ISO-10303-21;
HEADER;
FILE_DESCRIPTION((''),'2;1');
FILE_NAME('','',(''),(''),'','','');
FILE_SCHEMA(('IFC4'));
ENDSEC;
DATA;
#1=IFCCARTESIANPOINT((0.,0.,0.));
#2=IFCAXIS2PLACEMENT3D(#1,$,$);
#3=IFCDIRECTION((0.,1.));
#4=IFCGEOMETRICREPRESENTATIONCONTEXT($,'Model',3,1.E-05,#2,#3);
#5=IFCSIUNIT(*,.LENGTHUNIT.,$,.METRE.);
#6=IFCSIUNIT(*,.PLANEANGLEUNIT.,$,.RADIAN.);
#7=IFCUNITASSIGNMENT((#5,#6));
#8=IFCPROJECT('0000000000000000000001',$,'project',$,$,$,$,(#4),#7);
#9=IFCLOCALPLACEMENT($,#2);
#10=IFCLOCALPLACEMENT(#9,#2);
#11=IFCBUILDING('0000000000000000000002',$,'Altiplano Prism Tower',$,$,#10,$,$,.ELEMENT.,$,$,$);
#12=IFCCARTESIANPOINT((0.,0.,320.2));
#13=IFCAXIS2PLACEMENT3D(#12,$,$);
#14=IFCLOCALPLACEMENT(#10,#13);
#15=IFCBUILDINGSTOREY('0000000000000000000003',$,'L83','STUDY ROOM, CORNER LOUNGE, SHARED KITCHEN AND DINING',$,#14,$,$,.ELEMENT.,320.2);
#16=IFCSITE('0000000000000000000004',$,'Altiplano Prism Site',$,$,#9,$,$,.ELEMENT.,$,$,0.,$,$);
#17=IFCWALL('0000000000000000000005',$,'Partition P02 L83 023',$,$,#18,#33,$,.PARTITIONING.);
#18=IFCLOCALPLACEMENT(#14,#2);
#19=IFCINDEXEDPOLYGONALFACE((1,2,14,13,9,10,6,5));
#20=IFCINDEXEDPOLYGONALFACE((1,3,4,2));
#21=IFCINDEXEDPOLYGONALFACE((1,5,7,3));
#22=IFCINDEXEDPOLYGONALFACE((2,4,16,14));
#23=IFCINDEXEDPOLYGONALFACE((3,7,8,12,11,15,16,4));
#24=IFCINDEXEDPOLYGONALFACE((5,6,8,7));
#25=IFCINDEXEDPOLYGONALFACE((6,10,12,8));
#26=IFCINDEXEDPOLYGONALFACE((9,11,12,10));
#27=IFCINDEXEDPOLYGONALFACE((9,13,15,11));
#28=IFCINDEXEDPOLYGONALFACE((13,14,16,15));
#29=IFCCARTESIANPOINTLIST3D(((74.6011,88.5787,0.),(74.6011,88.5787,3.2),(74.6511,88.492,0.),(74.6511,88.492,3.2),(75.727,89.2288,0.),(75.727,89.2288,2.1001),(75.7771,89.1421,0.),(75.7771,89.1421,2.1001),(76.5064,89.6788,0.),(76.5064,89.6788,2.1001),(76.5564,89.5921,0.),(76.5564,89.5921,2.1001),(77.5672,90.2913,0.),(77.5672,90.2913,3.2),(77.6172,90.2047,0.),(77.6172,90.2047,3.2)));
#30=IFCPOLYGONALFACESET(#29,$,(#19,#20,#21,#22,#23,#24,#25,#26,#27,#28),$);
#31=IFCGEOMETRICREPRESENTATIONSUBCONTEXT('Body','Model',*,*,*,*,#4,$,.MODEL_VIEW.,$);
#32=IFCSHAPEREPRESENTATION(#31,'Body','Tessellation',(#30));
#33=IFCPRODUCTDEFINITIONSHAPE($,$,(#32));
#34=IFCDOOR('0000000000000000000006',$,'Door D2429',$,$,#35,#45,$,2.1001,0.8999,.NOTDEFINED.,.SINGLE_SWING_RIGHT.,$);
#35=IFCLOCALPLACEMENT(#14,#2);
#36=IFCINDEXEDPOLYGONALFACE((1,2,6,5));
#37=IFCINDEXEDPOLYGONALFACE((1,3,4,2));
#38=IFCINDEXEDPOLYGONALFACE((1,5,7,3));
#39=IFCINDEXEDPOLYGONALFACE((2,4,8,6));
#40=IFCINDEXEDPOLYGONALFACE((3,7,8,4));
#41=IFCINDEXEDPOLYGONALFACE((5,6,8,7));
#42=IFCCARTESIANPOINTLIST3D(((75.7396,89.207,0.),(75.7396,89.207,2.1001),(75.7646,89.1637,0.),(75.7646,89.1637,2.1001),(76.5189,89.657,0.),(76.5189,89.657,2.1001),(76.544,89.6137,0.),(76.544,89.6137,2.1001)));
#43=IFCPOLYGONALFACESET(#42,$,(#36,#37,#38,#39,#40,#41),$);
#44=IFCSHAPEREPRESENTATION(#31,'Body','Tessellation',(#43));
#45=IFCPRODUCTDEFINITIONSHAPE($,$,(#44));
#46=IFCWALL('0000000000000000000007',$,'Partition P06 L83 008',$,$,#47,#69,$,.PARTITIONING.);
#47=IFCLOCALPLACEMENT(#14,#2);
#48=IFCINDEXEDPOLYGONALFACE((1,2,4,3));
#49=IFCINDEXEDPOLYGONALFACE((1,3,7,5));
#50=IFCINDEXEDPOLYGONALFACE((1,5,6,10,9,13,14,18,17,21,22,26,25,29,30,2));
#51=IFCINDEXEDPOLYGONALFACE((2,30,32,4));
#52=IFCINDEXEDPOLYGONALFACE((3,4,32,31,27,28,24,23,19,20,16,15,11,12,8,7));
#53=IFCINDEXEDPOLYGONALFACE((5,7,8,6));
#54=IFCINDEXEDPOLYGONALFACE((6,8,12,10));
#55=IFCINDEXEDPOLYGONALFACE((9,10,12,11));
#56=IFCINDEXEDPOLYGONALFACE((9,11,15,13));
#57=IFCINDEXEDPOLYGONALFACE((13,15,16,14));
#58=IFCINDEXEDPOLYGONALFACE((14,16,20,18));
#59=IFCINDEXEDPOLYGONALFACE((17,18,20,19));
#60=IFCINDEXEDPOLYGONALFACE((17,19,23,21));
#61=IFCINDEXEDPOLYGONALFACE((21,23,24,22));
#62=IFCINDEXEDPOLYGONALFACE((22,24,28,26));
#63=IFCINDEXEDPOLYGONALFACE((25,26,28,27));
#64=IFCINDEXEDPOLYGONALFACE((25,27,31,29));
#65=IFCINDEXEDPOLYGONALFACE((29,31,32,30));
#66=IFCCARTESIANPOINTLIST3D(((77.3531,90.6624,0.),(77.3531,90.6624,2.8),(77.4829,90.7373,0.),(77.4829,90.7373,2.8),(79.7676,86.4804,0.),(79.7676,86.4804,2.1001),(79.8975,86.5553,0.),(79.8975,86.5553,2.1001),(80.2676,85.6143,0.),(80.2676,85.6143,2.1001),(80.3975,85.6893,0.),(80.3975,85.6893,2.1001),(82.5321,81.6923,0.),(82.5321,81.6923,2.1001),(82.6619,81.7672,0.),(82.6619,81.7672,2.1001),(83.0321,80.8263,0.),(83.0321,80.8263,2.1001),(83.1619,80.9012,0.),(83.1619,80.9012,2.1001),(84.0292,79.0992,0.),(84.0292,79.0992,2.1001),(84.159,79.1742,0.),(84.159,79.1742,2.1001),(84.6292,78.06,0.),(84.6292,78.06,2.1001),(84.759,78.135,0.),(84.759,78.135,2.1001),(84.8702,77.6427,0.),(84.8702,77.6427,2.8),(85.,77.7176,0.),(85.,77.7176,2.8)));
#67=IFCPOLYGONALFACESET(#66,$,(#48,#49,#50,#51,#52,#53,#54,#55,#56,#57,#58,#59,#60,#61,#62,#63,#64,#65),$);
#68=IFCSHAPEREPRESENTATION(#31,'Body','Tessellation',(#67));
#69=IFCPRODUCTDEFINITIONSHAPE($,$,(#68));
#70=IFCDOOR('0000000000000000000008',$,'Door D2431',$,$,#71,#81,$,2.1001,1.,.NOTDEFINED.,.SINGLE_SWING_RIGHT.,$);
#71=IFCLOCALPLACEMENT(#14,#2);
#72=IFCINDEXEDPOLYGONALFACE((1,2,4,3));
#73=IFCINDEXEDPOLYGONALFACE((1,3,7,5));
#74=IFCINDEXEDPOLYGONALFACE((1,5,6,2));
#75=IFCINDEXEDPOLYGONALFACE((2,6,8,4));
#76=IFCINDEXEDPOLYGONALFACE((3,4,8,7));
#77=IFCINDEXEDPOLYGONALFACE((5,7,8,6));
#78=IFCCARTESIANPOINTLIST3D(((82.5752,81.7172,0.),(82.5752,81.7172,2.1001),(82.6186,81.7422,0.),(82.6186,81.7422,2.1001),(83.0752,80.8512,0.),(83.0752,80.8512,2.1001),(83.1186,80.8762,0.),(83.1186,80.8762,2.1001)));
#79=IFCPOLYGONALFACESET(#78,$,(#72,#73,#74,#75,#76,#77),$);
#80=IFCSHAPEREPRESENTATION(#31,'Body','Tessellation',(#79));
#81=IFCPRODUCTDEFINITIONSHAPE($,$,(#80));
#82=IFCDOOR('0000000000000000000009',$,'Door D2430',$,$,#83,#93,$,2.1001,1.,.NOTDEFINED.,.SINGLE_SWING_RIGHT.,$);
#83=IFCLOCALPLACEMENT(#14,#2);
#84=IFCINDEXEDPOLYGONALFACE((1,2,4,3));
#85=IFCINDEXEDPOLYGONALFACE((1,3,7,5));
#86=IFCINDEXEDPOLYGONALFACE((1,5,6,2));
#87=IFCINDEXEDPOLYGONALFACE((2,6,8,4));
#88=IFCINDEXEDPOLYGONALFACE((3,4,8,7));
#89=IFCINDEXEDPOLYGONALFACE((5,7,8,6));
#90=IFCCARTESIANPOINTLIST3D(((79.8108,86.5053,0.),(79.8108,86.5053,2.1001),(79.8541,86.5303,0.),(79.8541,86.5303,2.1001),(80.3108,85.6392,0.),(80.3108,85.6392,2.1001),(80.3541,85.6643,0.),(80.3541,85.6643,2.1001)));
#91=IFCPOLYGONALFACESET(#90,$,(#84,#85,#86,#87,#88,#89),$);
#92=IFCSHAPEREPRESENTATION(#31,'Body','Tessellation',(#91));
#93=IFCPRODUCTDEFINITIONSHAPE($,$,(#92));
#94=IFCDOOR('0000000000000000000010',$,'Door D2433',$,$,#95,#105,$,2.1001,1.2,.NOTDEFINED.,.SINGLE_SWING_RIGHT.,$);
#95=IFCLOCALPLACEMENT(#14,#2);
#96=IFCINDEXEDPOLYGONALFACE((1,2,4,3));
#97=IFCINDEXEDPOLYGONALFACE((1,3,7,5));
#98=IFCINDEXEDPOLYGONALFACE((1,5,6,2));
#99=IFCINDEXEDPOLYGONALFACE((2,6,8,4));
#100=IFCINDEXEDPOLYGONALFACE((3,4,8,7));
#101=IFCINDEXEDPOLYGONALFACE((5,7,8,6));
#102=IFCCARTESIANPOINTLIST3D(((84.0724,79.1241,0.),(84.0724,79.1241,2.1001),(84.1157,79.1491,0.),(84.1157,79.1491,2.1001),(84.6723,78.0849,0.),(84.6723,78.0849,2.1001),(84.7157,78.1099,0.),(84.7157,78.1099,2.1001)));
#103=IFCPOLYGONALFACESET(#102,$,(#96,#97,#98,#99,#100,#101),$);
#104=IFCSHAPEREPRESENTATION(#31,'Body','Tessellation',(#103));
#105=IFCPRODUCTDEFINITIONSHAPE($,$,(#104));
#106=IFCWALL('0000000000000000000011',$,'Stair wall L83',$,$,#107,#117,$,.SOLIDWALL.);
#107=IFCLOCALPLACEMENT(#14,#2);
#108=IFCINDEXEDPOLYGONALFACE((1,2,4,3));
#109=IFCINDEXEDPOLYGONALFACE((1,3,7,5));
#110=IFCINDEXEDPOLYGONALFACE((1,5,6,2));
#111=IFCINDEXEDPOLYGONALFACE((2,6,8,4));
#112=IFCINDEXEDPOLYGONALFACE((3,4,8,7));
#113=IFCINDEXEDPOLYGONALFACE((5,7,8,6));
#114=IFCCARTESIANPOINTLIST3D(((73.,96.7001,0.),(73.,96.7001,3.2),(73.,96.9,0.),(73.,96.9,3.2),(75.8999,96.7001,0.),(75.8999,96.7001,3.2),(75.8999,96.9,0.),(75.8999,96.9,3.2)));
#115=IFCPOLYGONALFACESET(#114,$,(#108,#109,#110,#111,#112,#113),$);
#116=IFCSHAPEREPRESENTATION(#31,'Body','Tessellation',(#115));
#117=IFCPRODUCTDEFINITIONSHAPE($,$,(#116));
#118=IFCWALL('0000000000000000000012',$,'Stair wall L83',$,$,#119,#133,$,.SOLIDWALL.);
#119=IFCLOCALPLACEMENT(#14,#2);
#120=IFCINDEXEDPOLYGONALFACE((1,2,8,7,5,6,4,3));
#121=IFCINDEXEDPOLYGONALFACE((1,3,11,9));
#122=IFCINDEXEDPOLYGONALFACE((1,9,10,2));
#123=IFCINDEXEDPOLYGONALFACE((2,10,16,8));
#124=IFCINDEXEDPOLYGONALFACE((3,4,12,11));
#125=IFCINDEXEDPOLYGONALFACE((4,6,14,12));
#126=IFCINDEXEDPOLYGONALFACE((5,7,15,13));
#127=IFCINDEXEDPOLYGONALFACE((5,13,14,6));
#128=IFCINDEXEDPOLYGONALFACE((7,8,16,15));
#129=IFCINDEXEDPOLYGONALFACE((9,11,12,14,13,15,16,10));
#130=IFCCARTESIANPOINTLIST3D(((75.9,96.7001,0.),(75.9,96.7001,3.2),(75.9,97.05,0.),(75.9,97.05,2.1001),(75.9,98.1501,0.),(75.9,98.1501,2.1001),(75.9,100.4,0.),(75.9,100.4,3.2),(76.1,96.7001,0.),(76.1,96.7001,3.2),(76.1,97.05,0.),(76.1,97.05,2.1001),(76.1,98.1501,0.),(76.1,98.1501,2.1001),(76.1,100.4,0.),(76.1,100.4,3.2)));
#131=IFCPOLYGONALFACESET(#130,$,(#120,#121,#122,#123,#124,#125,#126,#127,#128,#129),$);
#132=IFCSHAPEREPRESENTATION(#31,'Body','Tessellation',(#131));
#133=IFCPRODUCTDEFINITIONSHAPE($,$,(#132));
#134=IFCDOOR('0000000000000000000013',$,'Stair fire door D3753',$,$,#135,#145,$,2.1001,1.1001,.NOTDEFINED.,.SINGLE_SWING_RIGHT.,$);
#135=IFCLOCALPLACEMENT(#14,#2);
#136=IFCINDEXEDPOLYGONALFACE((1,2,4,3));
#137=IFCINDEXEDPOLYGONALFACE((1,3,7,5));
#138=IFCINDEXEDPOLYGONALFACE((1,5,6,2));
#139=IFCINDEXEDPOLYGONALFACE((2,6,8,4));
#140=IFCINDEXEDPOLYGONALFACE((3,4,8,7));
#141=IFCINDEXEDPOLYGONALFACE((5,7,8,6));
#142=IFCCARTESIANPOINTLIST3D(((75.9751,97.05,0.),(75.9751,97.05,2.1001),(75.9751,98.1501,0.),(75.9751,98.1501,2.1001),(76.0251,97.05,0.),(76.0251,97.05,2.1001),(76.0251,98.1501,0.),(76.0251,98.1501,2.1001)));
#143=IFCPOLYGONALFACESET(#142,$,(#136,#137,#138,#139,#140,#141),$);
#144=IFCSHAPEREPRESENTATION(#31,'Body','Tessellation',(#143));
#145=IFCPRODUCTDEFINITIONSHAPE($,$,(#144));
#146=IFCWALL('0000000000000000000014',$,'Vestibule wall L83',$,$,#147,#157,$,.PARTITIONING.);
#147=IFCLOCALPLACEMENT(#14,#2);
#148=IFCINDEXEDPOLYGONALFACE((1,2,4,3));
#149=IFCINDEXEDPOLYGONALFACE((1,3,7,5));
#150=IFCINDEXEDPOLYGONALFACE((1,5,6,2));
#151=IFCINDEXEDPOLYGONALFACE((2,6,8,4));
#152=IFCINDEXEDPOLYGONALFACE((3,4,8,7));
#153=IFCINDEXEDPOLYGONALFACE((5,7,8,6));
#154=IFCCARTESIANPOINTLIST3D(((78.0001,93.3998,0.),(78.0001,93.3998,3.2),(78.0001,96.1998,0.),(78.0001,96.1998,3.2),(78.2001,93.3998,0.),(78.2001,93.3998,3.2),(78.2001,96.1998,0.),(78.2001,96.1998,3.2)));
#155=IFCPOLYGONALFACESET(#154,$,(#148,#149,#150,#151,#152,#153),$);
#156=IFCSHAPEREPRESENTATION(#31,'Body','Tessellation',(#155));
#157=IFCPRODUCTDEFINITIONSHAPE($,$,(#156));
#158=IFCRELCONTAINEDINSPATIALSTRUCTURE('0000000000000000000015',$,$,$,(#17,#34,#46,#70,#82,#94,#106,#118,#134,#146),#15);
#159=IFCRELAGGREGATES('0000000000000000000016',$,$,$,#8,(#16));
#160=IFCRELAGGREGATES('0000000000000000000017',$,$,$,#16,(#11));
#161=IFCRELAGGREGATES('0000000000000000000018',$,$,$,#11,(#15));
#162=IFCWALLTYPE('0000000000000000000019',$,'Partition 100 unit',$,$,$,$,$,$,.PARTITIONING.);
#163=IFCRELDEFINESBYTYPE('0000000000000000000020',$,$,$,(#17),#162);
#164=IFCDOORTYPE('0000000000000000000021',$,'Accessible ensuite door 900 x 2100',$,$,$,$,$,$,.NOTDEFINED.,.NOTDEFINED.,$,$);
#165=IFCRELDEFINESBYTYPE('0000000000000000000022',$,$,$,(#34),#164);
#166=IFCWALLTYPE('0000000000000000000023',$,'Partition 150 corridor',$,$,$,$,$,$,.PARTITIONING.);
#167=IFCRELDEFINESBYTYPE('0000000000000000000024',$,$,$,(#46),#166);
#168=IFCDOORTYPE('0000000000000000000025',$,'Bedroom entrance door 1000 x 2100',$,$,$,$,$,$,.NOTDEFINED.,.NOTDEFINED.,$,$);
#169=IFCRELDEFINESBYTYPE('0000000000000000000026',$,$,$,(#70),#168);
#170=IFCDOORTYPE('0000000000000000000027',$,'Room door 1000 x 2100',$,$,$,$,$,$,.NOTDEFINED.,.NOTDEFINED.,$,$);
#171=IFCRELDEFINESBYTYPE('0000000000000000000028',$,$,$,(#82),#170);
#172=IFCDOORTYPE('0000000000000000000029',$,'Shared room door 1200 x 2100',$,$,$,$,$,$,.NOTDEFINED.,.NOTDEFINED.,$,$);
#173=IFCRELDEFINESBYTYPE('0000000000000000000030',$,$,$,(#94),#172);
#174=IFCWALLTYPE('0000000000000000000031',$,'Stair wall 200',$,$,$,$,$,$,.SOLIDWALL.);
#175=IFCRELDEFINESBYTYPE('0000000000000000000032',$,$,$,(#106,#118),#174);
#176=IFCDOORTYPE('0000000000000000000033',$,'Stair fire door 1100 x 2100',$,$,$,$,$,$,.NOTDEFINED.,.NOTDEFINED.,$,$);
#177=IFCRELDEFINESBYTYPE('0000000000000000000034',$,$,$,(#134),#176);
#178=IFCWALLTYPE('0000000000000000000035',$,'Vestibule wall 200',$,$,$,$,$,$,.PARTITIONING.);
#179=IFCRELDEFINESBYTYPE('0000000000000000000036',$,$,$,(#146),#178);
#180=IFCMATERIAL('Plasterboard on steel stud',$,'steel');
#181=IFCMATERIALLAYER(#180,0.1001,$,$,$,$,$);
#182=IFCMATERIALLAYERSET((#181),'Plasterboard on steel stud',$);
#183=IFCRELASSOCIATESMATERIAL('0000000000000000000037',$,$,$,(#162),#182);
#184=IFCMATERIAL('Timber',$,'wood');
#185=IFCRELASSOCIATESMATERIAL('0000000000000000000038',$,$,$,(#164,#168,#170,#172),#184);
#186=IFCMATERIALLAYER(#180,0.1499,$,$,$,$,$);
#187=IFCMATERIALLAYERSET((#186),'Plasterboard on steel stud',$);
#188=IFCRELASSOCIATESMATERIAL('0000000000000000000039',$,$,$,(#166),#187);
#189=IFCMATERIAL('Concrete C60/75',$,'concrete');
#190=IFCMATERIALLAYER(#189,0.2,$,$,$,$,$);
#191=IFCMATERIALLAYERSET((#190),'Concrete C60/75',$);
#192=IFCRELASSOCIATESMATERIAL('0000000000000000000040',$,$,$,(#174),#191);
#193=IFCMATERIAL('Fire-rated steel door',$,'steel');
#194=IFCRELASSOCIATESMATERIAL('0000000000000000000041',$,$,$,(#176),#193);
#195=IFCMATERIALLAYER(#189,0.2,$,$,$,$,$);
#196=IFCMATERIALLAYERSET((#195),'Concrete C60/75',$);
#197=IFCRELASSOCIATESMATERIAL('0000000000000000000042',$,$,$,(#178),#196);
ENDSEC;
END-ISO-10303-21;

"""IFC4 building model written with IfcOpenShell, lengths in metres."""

from ifc_helpers import new_model, si_unit, direction, frame, frame_2d, origin, place, context, subcontext, project, spatial, rectangle, extrude, material, layer, layer_set, type_object, element, fill, save


model = new_model("IFC4")

# Units and contexts
model_context = context("Model", 3, precision=1e-05, world=origin(), true_north=direction((0.0, 1.0)))
body_context = subcontext(model_context, "Body", "Model", "MODEL_VIEW")
ifc_project = project(units=[si_unit("LENGTHUNIT", "METRE"), si_unit("PLANEANGLEUNIT", "RADIAN")], contexts=[model_context])

# Site, building, storey
site_placement = place(None, origin())
site = spatial("IfcSite", under=ifc_project, at=site_placement, Name="Altiplano Prism Site", CompositionType="ELEMENT", RefElevation=0.0)
building_placement = place(site_placement, origin())
building = spatial("IfcBuilding", under=site, at=building_placement, Name="Altiplano Prism Tower", CompositionType="ELEMENT")
storey_placement = place(building_placement, frame((0.0, 0.0, 320.2)))
storey = spatial("IfcBuildingStorey", under=building, at=storey_placement, Name="L83", Description="STUDY ROOM, CORNER LOUNGE, SHARED KITCHEN AND DINING", CompositionType="ELEMENT", Elevation=320.2)

# Shared definitions
ifc_material_1 = material(Name="Concrete C60/75", Category="concrete")

# Shared definitions
ifc_material_2 = material(Name="Fire-rated steel door", Category="steel")

# Shared definitions
ifc_material_3 = material(Name="Plasterboard on steel stud", Category="steel")
ifc_layer_1 = layer(ifc_material_3, 0.1001)
ifc_layer_set_1 = layer_set([ifc_layer_1], Name="Plasterboard on steel stud")
wall_type_1 = type_object("IfcWallType", Name="Partition 100 unit", PredefinedType="PARTITIONING", material=ifc_layer_set_1)

# Wall, opening, door
wall_1_placement = place(storey_placement, frame((74.6262, 88.5354, 0.0), z_axis=(0.0, 0.0, 1.0), x_axis=(0.866002, 0.500041, 0.0)))
wall_1 = element("IfcWall", 1, at=wall_1_placement, inside=storey, type_object=wall_type_1, Name="Partition P02 L83 023", PredefinedType="PARTITIONING", context=body_context, shape_type="SweptSolid", body=[
    extrude(rectangle(XDim=3.425, YDim=0.1001, at=frame_2d((1.7124, 0.0))), origin(), (0.0, 0.0, 1.0), 3.2),
])
opening_1_placement = place(wall_1_placement, frame((1.3, 0.0, 0.0)))
opening_1 = element("IfcOpeningElement", 2, at=opening_1_placement, cuts=wall_1, PredefinedType="OPENING", context=body_context, shape_type="SweptSolid", body=[
    extrude(rectangle(XDim=0.8999, YDim=2.1001, at=frame_2d((0.45, 1.05))), frame((0.0, 0.0605, 0.0), z_axis=(0.0, -1.0, 0.0), x_axis=(1.0, 0.0, 0.0)), (0.0, 0.0, 1.0), 0.1211),
])
ifc_material_4 = material(Name="Timber", Category="wood")
door_type_1 = type_object("IfcDoorType", Name="Accessible ensuite door 900 x 2100", OperationType="NOTDEFINED", PredefinedType="NOTDEFINED", material=ifc_material_4)
door_1_placement = place(opening_1_placement, origin())
door_1 = element("IfcDoor", 3, at=door_1_placement, inside=storey, type_object=door_type_1, Name="Door D2429", OperationType="SINGLE_SWING_RIGHT", OverallHeight=2.1001, OverallWidth=0.8999, PredefinedType="NOTDEFINED", context=body_context, shape_type="SweptSolid", body=[
    extrude(rectangle(XDim=0.8999, YDim=2.1001, at=frame_2d((0.45, 1.05))), frame((0.0, 0.0249, 0.0), z_axis=(0.0, -1.0, 0.0), x_axis=(1.0, 0.0, 0.0)), (0.0, 0.0, 1.0), 0.05),
])
fill(opening_1, door_1)

# Wall, openings, doors
ifc_layer_2 = layer(ifc_material_3, 0.1499)
ifc_layer_set_2 = layer_set([ifc_layer_2], Name="Plasterboard on steel stud")
wall_type_2 = type_object("IfcWallType", Name="Partition 150 corridor", PredefinedType="PARTITIONING", material=ifc_layer_set_2)
wall_2_placement = place(storey_placement, frame((77.418, 90.7, 0.0), z_axis=(0.0, 0.0, 1.0), x_axis=(0.500006, -0.866022, 0.0)))
wall_2 = element("IfcWall", 4, at=wall_2_placement, inside=storey, type_object=wall_type_2, Name="Partition P06 L83 008", PredefinedType="PARTITIONING", context=body_context, shape_type="SweptSolid", body=[
    extrude(rectangle(XDim=15.0339, YDim=0.1499, at=frame_2d((7.5171, 0.0))), origin(), (0.0, 0.0, 1.0), 2.8),
])
opening_2_placement = place(wall_2_placement, frame((4.8291, 0.0, 0.0)))
opening_2 = element("IfcOpeningElement", 5, at=opening_2_placement, cuts=wall_2, PredefinedType="OPENING", context=body_context, shape_type="SweptSolid", body=[
    extrude(rectangle(XDim=1.0, YDim=2.1001, at=frame_2d((0.5, 1.05))), frame((0.0, 0.0854, 0.0), z_axis=(0.0, -1.0, 0.0), x_axis=(1.0, 0.0, 0.0)), (0.0, 0.0, 1.0), 0.1709),
])
opening_3_placement = place(wall_2_placement, frame((10.3579, 0.0, 0.0)))
opening_3 = element("IfcOpeningElement", 6, at=opening_3_placement, cuts=wall_2, PredefinedType="OPENING", context=body_context, shape_type="SweptSolid", body=[
    extrude(rectangle(XDim=1.0, YDim=2.1001, at=frame_2d((0.5, 1.05))), frame((0.0, 0.0854, 0.0), z_axis=(0.0, -1.0, 0.0), x_axis=(1.0, 0.0, 0.0)), (0.0, 0.0, 1.0), 0.1709),
])
opening_4_placement = place(wall_2_placement, frame((13.3521, 0.0, 0.0)))
opening_4 = element("IfcOpeningElement", 7, at=opening_4_placement, cuts=wall_2, PredefinedType="OPENING", context=body_context, shape_type="SweptSolid", body=[
    extrude(rectangle(XDim=1.2, YDim=2.1001, at=frame_2d((0.6001, 1.05))), frame((0.0, 0.0854, 0.0), z_axis=(0.0, -1.0, 0.0), x_axis=(1.0, 0.0, 0.0)), (0.0, 0.0, 1.0), 0.1709),
])
door_type_2 = type_object("IfcDoorType", Name="Bedroom entrance door 1000 x 2100", OperationType="NOTDEFINED", PredefinedType="NOTDEFINED", material=ifc_material_4)
door_2_placement = place(opening_3_placement, origin())
door_2 = element("IfcDoor", 8, at=door_2_placement, inside=storey, type_object=door_type_2, Name="Door D2431", OperationType="SINGLE_SWING_RIGHT", OverallHeight=2.1001, OverallWidth=1.0, PredefinedType="NOTDEFINED", context=body_context, shape_type="SweptSolid", body=[
    extrude(rectangle(XDim=1.0, YDim=2.1001, at=frame_2d((0.5, 1.05))), frame((0.0, 0.0249, 0.0), z_axis=(0.0, -1.0, 0.0), x_axis=(1.0, 0.0, 0.0)), (0.0, 0.0, 1.0), 0.05),
])
fill(opening_3, door_2)
door_type_3 = type_object("IfcDoorType", Name="Room door 1000 x 2100", OperationType="NOTDEFINED", PredefinedType="NOTDEFINED", material=ifc_material_4)
door_3_placement = place(opening_2_placement, origin())
door_3 = element("IfcDoor", 9, at=door_3_placement, inside=storey, type_object=door_type_3, Name="Door D2430", OperationType="SINGLE_SWING_RIGHT", OverallHeight=2.1001, OverallWidth=1.0, PredefinedType="NOTDEFINED", context=body_context, shape_type="SweptSolid", body=[
    extrude(rectangle(XDim=1.0, YDim=2.1001, at=frame_2d((0.5, 1.05))), frame((0.0, 0.0249, 0.0), z_axis=(0.0, -1.0, 0.0), x_axis=(1.0, 0.0, 0.0)), (0.0, 0.0, 1.0), 0.05),
])
fill(opening_2, door_3)
door_type_4 = type_object("IfcDoorType", Name="Shared room door 1200 x 2100", OperationType="NOTDEFINED", PredefinedType="NOTDEFINED", material=ifc_material_4)
door_4_placement = place(opening_4_placement, origin())
door_4 = element("IfcDoor", 10, at=door_4_placement, inside=storey, type_object=door_type_4, Name="Door D2433", OperationType="SINGLE_SWING_RIGHT", OverallHeight=2.1001, OverallWidth=1.2, PredefinedType="NOTDEFINED", context=body_context, shape_type="SweptSolid", body=[
    extrude(rectangle(XDim=1.2, YDim=2.1001, at=frame_2d((0.6001, 1.05))), frame((0.0, 0.0249, 0.0), z_axis=(0.0, -1.0, 0.0), x_axis=(1.0, 0.0, 0.0)), (0.0, 0.0, 1.0), 0.05),
])
fill(opening_4, door_4)

# Wall
ifc_layer_3 = layer(ifc_material_1, 0.2)
ifc_layer_set_3 = layer_set([ifc_layer_3], Name="Concrete C60/75")
wall_type_3 = type_object("IfcWallType", Name="Stair wall 200", PredefinedType="SOLIDWALL", material=ifc_layer_set_3)
wall_3_placement = place(storey_placement, frame((73.0, 96.8, 0.0), z_axis=(0.0, 0.0, 1.0), x_axis=(1.0, 0.0, 0.0)))
element("IfcWall", 11, at=wall_3_placement, inside=storey, type_object=wall_type_3, Name="Stair wall L83", PredefinedType="SOLIDWALL", context=body_context, shape_type="SweptSolid", body=[
    extrude(rectangle(XDim=2.8999, YDim=0.2, at=frame_2d((1.45, 0.0))), origin(), (0.0, 0.0, 1.0), 3.2),
])

# Wall, opening, door
wall_4_placement = place(storey_placement, frame((76.0, 96.7, 0.0), z_axis=(0.0, 0.0, 1.0), x_axis=(0.0, 1.0, 0.0)))
wall_4 = element("IfcWall", 12, at=wall_4_placement, inside=storey, type_object=wall_type_3, Name="Stair wall L83", PredefinedType="SOLIDWALL", context=body_context, shape_type="SweptSolid", body=[
    extrude(rectangle(XDim=3.7, YDim=0.2, at=frame_2d((1.8501, 0.0))), origin(), (0.0, 0.0, 1.0), 3.2),
])
opening_5_placement = place(wall_4_placement, frame((0.3501, 0.0, 0.0)))
opening_5 = element("IfcOpeningElement", 13, at=opening_5_placement, cuts=wall_4, PredefinedType="OPENING", context=body_context, shape_type="SweptSolid", body=[
    extrude(rectangle(XDim=1.1001, YDim=2.1001, at=frame_2d((0.55, 1.05))), frame((0.0, 0.1104, 0.0), z_axis=(0.0, -1.0, 0.0), x_axis=(1.0, 0.0, 0.0)), (0.0, 0.0, 1.0), 0.2209),
])
door_type_5 = type_object("IfcDoorType", Name="Stair fire door 1100 x 2100", OperationType="NOTDEFINED", PredefinedType="NOTDEFINED", material=ifc_material_2)
door_5_placement = place(opening_5_placement, origin())
door_5 = element("IfcDoor", 14, at=door_5_placement, inside=storey, type_object=door_type_5, Name="Stair fire door D3753", OperationType="SINGLE_SWING_RIGHT", OverallHeight=2.1001, OverallWidth=1.1001, PredefinedType="NOTDEFINED", context=body_context, shape_type="SweptSolid", body=[
    extrude(rectangle(XDim=1.1001, YDim=2.1001, at=frame_2d((0.55, 1.05))), frame((0.0, 0.0249, 0.0), z_axis=(0.0, -1.0, 0.0), x_axis=(1.0, 0.0, 0.0)), (0.0, 0.0, 1.0), 0.05),
])
fill(opening_5, door_5)

# Wall
ifc_layer_4 = layer(ifc_material_1, 0.2)
ifc_layer_set_4 = layer_set([ifc_layer_4], Name="Concrete C60/75")
wall_type_4 = type_object("IfcWallType", Name="Vestibule wall 200", PredefinedType="PARTITIONING", material=ifc_layer_set_4)
wall_5_placement = place(storey_placement, frame((78.1001, 93.3999, 0.0), z_axis=(0.0, 0.0, 1.0), x_axis=(0.0, 1.0, 0.0)))
element("IfcWall", 15, at=wall_5_placement, inside=storey, type_object=wall_type_4, Name="Vestibule wall L83", PredefinedType="PARTITIONING", context=body_context, shape_type="SweptSolid", body=[
    extrude(rectangle(XDim=2.8, YDim=0.2, at=frame_2d((1.3999, 0.0))), origin(), (0.0, 0.0, 1.0), 3.2),
])

save(model, "model.ifc")
